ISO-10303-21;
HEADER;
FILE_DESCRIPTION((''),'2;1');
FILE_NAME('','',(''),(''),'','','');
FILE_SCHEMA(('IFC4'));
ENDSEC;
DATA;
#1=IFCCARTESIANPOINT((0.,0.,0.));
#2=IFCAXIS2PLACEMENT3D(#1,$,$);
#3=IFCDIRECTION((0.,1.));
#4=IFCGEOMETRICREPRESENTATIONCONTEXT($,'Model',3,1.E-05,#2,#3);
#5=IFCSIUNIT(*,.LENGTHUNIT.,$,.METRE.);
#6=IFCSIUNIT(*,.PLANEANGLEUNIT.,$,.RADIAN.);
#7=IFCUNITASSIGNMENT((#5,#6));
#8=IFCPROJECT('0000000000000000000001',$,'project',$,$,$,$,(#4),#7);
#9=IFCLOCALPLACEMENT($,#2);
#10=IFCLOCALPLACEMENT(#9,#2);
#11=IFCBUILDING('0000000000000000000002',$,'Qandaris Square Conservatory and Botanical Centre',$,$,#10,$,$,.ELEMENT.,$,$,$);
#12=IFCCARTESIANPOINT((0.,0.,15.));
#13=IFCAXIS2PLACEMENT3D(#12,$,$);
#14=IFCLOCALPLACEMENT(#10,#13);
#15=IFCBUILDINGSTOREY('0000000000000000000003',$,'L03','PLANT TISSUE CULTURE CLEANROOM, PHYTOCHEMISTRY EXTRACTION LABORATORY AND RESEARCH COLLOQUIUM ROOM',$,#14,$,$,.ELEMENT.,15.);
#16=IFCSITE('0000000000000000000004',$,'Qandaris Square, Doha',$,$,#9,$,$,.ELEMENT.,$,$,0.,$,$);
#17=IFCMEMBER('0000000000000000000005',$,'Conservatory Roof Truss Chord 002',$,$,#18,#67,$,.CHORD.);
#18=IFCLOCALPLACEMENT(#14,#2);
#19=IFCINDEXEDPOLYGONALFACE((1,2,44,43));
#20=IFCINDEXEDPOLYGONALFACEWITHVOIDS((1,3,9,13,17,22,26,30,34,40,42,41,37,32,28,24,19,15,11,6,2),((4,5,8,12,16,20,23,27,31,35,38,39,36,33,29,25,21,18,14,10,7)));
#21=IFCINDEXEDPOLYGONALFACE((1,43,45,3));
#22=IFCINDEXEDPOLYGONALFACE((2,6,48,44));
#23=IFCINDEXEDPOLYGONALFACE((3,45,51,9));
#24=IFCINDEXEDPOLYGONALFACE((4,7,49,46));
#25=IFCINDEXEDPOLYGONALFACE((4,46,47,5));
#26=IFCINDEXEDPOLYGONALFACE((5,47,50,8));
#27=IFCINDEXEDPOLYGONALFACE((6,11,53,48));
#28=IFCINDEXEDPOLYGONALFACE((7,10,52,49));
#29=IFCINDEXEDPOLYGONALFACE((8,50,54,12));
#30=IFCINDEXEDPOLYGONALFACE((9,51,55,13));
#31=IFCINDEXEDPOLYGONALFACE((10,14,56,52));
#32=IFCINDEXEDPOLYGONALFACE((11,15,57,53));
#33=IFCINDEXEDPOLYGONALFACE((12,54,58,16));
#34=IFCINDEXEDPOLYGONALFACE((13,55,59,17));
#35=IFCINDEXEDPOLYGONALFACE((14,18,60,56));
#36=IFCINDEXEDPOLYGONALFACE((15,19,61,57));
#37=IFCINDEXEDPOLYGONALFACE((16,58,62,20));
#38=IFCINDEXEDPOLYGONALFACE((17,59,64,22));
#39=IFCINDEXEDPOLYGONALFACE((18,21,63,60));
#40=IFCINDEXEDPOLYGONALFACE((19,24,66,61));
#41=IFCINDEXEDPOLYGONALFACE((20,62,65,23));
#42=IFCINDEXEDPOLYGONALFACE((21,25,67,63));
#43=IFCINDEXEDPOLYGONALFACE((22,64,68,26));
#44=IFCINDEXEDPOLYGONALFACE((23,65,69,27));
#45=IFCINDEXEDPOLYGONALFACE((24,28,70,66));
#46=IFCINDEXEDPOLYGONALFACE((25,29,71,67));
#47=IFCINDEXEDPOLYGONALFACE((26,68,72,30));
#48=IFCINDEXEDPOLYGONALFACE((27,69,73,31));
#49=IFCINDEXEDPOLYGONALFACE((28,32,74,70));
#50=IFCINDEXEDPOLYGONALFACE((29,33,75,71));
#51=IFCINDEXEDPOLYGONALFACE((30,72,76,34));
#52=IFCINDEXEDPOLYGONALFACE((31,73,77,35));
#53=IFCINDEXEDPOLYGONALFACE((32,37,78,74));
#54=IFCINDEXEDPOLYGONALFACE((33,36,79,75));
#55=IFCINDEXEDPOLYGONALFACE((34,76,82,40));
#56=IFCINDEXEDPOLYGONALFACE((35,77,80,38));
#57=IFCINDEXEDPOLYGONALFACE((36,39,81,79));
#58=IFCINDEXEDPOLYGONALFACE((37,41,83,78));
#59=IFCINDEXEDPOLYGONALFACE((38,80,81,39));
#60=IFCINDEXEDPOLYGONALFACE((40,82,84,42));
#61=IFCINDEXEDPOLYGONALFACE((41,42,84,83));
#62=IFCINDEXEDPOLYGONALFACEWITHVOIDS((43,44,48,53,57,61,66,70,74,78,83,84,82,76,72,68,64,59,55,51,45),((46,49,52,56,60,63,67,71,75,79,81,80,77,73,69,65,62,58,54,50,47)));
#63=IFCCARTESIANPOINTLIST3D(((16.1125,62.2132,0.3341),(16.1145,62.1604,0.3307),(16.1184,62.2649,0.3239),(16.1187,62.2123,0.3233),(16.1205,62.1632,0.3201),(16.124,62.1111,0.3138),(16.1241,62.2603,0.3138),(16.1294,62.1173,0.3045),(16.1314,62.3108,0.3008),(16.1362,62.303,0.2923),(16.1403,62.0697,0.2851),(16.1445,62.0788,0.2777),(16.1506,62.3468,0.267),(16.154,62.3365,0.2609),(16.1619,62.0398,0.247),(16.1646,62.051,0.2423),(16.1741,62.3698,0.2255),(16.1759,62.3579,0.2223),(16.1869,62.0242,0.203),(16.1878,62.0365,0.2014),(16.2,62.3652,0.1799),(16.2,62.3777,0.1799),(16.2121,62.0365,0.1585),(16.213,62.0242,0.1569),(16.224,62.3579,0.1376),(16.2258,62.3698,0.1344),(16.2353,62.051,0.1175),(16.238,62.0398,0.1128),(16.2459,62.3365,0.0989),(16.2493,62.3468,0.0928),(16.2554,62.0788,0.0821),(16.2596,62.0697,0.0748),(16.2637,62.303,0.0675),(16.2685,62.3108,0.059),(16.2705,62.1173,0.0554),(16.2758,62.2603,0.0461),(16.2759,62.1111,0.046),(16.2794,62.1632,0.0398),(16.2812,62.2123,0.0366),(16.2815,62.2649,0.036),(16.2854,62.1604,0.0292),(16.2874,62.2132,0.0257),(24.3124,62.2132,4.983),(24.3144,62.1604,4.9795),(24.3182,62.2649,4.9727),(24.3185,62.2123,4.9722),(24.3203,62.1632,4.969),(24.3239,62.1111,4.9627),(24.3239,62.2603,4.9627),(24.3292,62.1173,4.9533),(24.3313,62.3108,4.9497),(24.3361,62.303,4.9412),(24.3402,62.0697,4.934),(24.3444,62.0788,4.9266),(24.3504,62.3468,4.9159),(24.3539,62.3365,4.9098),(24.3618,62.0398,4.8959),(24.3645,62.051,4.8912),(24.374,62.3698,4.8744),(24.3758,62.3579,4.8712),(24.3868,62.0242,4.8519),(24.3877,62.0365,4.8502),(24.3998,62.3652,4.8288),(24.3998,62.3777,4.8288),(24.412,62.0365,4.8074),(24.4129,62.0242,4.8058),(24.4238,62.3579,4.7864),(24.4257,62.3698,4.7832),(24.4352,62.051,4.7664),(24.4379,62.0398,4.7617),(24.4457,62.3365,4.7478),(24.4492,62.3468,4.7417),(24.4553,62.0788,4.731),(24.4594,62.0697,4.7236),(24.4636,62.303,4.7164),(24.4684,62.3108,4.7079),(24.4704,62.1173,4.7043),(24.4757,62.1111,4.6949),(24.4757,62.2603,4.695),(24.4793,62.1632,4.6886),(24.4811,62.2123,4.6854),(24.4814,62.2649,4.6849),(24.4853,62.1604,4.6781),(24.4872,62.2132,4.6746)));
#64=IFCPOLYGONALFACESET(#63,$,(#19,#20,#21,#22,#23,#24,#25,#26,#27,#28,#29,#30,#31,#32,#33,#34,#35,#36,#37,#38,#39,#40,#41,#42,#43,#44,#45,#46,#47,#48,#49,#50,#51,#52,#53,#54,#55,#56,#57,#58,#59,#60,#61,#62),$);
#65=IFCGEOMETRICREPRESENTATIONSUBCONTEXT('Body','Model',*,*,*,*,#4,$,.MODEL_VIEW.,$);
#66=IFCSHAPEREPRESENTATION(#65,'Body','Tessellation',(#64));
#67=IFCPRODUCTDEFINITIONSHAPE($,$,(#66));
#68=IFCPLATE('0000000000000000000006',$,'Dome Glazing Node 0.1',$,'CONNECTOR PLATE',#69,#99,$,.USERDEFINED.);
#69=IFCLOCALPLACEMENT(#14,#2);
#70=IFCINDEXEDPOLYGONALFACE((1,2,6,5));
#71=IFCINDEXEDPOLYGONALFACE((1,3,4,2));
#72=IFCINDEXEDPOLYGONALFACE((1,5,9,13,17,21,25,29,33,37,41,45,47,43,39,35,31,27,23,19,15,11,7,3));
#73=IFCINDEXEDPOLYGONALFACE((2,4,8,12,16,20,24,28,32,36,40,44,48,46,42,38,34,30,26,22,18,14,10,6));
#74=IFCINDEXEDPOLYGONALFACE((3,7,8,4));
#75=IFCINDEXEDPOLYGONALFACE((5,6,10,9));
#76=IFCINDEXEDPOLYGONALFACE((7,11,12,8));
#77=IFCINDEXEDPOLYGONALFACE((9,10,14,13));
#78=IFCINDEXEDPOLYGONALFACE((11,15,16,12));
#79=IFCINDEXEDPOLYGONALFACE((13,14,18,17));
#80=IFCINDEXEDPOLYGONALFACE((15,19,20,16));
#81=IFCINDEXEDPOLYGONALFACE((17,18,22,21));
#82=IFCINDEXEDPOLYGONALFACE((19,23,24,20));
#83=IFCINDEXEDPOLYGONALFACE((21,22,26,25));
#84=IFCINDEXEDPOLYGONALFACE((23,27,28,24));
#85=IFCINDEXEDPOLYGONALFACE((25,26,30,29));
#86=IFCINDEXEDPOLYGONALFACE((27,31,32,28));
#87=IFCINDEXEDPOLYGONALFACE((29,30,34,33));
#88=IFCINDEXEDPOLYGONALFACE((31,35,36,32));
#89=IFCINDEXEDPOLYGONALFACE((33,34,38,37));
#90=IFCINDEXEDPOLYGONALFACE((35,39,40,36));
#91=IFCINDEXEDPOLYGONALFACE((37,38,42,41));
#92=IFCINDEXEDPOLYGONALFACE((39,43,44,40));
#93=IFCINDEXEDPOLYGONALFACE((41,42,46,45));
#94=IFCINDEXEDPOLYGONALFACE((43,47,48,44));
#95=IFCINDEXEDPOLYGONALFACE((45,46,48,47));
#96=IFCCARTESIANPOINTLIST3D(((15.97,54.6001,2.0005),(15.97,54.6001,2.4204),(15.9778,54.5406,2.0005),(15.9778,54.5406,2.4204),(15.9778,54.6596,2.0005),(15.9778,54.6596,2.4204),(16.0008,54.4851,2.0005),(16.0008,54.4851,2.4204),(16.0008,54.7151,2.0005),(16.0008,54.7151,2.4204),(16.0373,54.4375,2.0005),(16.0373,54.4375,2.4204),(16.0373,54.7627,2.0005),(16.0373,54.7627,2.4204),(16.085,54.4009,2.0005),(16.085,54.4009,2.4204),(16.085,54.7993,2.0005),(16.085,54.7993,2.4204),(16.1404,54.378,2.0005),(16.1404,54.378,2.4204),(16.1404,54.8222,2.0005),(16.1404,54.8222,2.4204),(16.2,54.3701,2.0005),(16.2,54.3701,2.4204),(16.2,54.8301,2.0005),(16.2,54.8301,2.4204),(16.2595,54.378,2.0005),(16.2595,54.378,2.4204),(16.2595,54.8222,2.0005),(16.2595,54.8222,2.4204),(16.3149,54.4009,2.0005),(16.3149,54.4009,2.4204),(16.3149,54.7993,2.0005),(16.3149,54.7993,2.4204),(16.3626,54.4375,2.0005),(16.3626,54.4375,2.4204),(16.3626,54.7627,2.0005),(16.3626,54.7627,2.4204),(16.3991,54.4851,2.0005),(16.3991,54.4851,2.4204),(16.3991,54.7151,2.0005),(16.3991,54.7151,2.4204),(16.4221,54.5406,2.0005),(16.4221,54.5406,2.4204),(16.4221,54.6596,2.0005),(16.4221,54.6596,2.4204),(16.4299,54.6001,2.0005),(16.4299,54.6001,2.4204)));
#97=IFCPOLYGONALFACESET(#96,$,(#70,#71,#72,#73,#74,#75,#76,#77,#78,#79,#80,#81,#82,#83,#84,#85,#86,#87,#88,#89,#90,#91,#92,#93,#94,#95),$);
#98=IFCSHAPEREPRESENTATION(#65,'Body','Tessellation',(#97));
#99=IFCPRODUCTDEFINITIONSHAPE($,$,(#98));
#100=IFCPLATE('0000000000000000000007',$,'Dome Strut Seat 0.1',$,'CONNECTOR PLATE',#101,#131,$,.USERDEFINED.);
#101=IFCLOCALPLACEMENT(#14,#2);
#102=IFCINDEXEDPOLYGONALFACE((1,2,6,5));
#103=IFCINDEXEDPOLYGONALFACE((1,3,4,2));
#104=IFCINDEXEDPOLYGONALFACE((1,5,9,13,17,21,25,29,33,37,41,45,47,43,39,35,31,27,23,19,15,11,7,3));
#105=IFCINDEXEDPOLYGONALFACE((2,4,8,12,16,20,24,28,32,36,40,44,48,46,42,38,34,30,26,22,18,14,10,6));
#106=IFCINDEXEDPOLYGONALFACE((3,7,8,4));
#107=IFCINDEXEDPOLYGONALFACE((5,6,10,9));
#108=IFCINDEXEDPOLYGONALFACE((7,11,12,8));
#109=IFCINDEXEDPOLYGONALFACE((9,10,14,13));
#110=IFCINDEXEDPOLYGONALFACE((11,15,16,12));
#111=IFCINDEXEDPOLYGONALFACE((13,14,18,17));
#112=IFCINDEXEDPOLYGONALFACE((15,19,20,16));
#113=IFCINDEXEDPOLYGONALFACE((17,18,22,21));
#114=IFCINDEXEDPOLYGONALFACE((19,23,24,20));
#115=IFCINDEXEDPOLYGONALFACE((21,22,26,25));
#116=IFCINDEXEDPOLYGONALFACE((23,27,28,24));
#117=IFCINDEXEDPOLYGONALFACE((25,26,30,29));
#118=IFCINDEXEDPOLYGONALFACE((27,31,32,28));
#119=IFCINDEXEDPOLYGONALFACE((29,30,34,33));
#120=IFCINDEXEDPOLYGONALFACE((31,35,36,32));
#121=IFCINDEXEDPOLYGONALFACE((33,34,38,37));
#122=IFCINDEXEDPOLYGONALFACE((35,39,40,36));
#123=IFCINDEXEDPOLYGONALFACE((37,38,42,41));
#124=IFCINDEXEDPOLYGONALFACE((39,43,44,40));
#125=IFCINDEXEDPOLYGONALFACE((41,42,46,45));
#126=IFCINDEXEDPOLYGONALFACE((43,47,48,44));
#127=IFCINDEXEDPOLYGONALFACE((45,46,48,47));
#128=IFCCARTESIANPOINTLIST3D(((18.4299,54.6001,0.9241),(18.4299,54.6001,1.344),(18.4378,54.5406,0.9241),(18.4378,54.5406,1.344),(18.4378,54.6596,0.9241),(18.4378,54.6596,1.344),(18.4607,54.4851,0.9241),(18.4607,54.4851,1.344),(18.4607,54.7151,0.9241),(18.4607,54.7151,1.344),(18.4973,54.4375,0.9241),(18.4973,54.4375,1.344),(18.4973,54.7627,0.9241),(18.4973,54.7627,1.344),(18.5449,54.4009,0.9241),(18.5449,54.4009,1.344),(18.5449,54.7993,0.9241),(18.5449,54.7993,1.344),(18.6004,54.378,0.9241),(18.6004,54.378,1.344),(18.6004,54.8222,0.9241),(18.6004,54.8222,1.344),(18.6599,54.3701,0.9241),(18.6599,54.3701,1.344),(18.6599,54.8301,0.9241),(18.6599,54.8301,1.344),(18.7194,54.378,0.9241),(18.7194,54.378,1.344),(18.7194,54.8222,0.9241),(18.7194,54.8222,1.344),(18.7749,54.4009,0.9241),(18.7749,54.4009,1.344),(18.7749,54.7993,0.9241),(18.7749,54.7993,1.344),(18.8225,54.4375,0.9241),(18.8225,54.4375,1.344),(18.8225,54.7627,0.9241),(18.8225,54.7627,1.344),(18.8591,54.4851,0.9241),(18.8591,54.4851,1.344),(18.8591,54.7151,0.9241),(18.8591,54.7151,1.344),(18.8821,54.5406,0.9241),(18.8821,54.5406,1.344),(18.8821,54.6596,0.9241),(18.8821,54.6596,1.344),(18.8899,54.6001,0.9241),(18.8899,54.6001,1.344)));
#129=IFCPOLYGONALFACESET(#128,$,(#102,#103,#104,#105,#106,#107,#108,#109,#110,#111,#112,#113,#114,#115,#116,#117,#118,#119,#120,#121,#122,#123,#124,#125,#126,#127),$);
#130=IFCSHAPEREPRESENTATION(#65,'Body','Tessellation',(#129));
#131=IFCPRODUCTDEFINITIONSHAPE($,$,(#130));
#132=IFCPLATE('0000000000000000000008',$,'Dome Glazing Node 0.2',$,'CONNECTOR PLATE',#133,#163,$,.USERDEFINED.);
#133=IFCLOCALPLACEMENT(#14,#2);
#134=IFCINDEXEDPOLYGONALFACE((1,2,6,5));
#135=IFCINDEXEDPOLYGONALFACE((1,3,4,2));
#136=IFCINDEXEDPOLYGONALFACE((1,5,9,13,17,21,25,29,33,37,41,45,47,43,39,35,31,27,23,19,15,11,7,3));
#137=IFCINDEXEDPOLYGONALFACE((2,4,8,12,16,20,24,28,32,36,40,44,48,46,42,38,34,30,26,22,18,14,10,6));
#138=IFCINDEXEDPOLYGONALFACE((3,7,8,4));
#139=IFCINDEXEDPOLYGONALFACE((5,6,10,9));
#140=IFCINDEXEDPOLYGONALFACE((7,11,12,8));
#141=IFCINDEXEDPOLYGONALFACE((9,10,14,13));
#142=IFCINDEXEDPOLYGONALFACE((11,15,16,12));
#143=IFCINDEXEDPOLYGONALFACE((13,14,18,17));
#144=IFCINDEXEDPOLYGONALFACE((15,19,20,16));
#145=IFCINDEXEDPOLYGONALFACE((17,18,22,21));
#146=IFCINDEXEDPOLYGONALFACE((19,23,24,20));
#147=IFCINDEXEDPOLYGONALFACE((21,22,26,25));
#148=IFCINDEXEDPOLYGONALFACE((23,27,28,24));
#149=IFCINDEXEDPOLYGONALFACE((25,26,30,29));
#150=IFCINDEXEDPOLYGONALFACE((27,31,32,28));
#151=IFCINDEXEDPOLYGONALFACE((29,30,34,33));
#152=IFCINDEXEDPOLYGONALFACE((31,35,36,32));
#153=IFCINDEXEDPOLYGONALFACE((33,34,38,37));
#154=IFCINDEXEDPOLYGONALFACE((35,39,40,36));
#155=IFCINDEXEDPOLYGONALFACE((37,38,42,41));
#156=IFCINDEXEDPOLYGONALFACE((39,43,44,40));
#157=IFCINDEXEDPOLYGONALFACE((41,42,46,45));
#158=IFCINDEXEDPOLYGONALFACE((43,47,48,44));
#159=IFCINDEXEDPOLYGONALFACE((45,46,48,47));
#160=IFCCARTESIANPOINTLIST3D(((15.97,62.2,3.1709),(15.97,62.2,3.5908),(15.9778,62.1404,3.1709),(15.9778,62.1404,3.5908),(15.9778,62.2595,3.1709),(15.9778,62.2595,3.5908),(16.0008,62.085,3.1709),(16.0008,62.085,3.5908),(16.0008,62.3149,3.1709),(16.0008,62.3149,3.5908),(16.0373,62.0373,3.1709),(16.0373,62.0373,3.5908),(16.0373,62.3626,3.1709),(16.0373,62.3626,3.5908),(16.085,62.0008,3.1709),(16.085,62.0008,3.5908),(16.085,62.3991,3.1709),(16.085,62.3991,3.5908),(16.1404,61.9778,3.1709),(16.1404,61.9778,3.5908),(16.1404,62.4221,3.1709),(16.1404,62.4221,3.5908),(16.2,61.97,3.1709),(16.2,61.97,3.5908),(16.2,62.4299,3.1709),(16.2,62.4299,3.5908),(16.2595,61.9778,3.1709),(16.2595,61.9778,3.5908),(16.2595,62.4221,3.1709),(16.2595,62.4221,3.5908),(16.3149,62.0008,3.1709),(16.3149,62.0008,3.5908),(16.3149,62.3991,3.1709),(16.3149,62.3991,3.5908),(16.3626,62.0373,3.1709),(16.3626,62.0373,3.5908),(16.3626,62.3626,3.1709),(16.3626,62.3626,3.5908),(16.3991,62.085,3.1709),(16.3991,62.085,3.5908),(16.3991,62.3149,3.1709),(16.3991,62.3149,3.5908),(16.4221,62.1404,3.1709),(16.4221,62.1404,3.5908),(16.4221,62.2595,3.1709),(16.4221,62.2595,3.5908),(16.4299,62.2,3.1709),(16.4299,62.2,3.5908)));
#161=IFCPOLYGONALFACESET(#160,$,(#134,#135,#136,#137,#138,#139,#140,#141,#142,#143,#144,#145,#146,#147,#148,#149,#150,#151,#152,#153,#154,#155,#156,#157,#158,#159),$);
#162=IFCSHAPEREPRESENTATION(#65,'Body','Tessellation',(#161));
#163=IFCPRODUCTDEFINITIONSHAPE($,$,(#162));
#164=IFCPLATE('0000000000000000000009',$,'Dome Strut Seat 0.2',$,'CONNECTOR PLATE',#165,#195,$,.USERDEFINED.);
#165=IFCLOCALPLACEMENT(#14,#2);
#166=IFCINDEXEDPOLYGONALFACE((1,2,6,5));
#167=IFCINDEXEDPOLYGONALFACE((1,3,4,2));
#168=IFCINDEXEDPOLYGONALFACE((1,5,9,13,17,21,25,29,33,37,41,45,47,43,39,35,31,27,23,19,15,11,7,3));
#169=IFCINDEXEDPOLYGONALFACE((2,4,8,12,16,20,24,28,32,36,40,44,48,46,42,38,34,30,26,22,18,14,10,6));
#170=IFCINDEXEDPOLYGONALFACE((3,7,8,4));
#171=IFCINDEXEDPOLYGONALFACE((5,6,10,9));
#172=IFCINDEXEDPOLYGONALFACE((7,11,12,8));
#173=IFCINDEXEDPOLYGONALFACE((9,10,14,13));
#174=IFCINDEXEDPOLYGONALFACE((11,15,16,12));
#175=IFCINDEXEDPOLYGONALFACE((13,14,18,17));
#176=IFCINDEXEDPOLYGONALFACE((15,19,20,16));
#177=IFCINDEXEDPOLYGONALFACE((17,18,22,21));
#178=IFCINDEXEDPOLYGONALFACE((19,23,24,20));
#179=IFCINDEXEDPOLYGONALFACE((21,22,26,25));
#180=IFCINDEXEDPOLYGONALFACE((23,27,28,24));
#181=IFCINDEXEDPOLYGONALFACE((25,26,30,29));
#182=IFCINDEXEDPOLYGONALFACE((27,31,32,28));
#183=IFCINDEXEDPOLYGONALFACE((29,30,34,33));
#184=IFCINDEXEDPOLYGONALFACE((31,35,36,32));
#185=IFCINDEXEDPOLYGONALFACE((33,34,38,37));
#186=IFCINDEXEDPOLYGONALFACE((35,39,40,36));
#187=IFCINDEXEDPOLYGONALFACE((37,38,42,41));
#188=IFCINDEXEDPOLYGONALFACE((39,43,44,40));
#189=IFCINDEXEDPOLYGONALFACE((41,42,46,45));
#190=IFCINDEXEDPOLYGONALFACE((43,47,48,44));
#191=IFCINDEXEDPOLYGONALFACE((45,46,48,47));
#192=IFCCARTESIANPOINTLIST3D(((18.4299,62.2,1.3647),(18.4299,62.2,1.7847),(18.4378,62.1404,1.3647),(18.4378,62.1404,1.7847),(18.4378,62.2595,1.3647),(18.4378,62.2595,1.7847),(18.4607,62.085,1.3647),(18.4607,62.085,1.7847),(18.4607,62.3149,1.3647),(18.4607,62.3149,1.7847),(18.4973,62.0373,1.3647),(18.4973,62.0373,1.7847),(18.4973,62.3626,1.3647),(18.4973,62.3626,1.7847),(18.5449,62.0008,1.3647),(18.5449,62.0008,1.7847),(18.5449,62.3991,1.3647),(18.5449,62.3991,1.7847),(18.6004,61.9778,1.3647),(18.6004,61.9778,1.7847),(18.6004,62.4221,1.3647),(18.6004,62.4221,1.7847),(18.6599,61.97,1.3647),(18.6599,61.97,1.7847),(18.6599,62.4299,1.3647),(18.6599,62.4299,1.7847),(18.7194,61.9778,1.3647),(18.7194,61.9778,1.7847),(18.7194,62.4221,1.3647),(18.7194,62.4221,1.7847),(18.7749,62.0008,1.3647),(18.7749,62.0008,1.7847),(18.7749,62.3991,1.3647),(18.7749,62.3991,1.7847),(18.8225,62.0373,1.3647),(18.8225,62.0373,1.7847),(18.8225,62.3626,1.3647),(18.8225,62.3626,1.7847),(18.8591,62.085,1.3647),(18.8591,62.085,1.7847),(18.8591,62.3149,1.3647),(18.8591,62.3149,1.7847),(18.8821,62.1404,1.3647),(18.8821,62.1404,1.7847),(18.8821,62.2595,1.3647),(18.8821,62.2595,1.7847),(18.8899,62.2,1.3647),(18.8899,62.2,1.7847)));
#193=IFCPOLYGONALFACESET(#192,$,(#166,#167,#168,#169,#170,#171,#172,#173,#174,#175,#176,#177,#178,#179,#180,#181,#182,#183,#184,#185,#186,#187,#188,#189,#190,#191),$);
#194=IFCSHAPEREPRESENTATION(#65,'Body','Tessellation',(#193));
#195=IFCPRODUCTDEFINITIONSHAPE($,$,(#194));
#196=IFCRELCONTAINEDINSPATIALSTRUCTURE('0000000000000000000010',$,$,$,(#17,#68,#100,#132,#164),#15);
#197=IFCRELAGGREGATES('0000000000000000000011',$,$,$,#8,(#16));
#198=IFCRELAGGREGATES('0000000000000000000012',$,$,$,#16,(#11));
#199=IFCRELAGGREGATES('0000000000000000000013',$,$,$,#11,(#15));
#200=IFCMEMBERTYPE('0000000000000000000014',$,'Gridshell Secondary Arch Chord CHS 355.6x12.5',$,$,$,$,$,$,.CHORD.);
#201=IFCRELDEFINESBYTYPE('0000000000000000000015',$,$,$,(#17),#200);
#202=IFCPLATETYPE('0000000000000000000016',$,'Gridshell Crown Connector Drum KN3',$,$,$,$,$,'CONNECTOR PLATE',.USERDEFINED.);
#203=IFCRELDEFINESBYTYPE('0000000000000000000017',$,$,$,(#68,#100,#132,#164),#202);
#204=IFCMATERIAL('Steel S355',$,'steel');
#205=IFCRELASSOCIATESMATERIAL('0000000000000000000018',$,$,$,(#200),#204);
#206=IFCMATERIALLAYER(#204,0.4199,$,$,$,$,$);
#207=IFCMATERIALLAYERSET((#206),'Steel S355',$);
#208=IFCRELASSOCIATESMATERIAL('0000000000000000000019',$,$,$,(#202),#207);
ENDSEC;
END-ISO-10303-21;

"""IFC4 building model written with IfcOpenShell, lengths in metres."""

from ifc_helpers import new_model, si_unit, direction, frame, origin, origin_2d, place, context, subcontext, project, spatial, circle, hollow_circle, extrude, material, layer, layer_set, material_profile, profile_set, type_object, element, save


model = new_model("IFC4")

# Units and contexts
model_context = context("Model", 3, precision=1e-05, world=origin(), true_north=direction((0.0, 1.0)))
body_context = subcontext(model_context, "Body", "Model", "MODEL_VIEW")
ifc_project = project(units=[si_unit("LENGTHUNIT", "METRE"), si_unit("PLANEANGLEUNIT", "RADIAN")], contexts=[model_context])

# Site, building, storey
site_placement = place(None, origin())
site = spatial("IfcSite", under=ifc_project, at=site_placement, Name="Qandaris Square, Doha", CompositionType="ELEMENT", RefElevation=0.0)
building_placement = place(site_placement, origin())
building = spatial("IfcBuilding", under=site, at=building_placement, Name="Qandaris Square Conservatory and Botanical Centre", CompositionType="ELEMENT")
storey_placement = place(building_placement, frame((0.0, 0.0, 15.0)))
storey = spatial("IfcBuildingStorey", under=building, at=storey_placement, Name="L03", Description="PLANT TISSUE CULTURE CLEANROOM, PHYTOCHEMISTRY EXTRACTION LABORATORY AND RESEARCH COLLOQUIUM ROOM", CompositionType="ELEMENT", Elevation=15.0)

# Member
ifc_material_1 = material(Name="Steel S355", Category="steel")
ifc_material_profile_1 = material_profile(ifc_material_1, hollow_circle(Radius=0.1777, WallThickness=0.0125, at=origin_2d()), Name="CHS 355.6x12.5")
ifc_profile_set_1 = profile_set([ifc_material_profile_1], Name="Steel S355")
member_type_1 = type_object("IfcMemberType", Name="Gridshell Secondary Arch Chord CHS 355.6x12.5", PredefinedType="CHORD", material=ifc_profile_set_1)
member_1_placement = place(storey_placement, frame((16.2, 62.2, 0.1799), z_axis=(0.869918, 0.0, 0.493196), x_axis=(0.0, 1.0, 0.0)))
element("IfcMember", 1, at=member_1_placement, inside=storey, type_object=member_type_1, Name="Conservatory Roof Truss Chord 002", PredefinedType="CHORD", context=body_context, shape_type="SweptSolid", body=[
    extrude(hollow_circle(Radius=0.1777, WallThickness=0.0125, at=origin_2d()), origin(), (0.0, 0.0, 1.0), 9.426),
])

# Plates
ifc_layer_1 = layer(ifc_material_1, 0.4199)
ifc_layer_set_1 = layer_set([ifc_layer_1], Name="Steel S355")
plate_type_1 = type_object("IfcPlateType", Name="Gridshell Crown Connector Drum KN3", ElementType="CONNECTOR PLATE", PredefinedType="USERDEFINED", material=ifc_layer_set_1)
for number, where, z_axis, x_axis, name in (
    (2, (16.2, 54.6001, 2.0005), (0.0, 0.0, 1.0), (1.0, 0.0, 0.0), "Dome Glazing Node 0.1"),
    (3, (18.6599, 54.6001, 0.9241), (0.0, 0.0, 1.0), (1.0, 0.0, 0.0), "Dome Strut Seat 0.1"),
    (4, (16.2, 62.2, 3.1709), (0.0, 0.0, 1.0), (1.0, 0.0, 0.0), "Dome Glazing Node 0.2"),
    (5, (18.6599, 62.2, 1.3647), (0.0, 0.0, 1.0), (1.0, 0.0, 0.0), "Dome Strut Seat 0.2"),
):
    element("IfcPlate", number, at=place(storey_placement, frame(where, z_axis=z_axis, x_axis=x_axis)), inside=storey, type_object=plate_type_1, Name=name, ObjectType="CONNECTOR PLATE", PredefinedType="USERDEFINED", context=body_context, shape_type="SweptSolid", body=[
        extrude(circle(Radius=0.23, at=origin_2d()), origin(), (0.0, 0.0, 1.0), 0.4199),
    ])

save(model, "model.ifc")
